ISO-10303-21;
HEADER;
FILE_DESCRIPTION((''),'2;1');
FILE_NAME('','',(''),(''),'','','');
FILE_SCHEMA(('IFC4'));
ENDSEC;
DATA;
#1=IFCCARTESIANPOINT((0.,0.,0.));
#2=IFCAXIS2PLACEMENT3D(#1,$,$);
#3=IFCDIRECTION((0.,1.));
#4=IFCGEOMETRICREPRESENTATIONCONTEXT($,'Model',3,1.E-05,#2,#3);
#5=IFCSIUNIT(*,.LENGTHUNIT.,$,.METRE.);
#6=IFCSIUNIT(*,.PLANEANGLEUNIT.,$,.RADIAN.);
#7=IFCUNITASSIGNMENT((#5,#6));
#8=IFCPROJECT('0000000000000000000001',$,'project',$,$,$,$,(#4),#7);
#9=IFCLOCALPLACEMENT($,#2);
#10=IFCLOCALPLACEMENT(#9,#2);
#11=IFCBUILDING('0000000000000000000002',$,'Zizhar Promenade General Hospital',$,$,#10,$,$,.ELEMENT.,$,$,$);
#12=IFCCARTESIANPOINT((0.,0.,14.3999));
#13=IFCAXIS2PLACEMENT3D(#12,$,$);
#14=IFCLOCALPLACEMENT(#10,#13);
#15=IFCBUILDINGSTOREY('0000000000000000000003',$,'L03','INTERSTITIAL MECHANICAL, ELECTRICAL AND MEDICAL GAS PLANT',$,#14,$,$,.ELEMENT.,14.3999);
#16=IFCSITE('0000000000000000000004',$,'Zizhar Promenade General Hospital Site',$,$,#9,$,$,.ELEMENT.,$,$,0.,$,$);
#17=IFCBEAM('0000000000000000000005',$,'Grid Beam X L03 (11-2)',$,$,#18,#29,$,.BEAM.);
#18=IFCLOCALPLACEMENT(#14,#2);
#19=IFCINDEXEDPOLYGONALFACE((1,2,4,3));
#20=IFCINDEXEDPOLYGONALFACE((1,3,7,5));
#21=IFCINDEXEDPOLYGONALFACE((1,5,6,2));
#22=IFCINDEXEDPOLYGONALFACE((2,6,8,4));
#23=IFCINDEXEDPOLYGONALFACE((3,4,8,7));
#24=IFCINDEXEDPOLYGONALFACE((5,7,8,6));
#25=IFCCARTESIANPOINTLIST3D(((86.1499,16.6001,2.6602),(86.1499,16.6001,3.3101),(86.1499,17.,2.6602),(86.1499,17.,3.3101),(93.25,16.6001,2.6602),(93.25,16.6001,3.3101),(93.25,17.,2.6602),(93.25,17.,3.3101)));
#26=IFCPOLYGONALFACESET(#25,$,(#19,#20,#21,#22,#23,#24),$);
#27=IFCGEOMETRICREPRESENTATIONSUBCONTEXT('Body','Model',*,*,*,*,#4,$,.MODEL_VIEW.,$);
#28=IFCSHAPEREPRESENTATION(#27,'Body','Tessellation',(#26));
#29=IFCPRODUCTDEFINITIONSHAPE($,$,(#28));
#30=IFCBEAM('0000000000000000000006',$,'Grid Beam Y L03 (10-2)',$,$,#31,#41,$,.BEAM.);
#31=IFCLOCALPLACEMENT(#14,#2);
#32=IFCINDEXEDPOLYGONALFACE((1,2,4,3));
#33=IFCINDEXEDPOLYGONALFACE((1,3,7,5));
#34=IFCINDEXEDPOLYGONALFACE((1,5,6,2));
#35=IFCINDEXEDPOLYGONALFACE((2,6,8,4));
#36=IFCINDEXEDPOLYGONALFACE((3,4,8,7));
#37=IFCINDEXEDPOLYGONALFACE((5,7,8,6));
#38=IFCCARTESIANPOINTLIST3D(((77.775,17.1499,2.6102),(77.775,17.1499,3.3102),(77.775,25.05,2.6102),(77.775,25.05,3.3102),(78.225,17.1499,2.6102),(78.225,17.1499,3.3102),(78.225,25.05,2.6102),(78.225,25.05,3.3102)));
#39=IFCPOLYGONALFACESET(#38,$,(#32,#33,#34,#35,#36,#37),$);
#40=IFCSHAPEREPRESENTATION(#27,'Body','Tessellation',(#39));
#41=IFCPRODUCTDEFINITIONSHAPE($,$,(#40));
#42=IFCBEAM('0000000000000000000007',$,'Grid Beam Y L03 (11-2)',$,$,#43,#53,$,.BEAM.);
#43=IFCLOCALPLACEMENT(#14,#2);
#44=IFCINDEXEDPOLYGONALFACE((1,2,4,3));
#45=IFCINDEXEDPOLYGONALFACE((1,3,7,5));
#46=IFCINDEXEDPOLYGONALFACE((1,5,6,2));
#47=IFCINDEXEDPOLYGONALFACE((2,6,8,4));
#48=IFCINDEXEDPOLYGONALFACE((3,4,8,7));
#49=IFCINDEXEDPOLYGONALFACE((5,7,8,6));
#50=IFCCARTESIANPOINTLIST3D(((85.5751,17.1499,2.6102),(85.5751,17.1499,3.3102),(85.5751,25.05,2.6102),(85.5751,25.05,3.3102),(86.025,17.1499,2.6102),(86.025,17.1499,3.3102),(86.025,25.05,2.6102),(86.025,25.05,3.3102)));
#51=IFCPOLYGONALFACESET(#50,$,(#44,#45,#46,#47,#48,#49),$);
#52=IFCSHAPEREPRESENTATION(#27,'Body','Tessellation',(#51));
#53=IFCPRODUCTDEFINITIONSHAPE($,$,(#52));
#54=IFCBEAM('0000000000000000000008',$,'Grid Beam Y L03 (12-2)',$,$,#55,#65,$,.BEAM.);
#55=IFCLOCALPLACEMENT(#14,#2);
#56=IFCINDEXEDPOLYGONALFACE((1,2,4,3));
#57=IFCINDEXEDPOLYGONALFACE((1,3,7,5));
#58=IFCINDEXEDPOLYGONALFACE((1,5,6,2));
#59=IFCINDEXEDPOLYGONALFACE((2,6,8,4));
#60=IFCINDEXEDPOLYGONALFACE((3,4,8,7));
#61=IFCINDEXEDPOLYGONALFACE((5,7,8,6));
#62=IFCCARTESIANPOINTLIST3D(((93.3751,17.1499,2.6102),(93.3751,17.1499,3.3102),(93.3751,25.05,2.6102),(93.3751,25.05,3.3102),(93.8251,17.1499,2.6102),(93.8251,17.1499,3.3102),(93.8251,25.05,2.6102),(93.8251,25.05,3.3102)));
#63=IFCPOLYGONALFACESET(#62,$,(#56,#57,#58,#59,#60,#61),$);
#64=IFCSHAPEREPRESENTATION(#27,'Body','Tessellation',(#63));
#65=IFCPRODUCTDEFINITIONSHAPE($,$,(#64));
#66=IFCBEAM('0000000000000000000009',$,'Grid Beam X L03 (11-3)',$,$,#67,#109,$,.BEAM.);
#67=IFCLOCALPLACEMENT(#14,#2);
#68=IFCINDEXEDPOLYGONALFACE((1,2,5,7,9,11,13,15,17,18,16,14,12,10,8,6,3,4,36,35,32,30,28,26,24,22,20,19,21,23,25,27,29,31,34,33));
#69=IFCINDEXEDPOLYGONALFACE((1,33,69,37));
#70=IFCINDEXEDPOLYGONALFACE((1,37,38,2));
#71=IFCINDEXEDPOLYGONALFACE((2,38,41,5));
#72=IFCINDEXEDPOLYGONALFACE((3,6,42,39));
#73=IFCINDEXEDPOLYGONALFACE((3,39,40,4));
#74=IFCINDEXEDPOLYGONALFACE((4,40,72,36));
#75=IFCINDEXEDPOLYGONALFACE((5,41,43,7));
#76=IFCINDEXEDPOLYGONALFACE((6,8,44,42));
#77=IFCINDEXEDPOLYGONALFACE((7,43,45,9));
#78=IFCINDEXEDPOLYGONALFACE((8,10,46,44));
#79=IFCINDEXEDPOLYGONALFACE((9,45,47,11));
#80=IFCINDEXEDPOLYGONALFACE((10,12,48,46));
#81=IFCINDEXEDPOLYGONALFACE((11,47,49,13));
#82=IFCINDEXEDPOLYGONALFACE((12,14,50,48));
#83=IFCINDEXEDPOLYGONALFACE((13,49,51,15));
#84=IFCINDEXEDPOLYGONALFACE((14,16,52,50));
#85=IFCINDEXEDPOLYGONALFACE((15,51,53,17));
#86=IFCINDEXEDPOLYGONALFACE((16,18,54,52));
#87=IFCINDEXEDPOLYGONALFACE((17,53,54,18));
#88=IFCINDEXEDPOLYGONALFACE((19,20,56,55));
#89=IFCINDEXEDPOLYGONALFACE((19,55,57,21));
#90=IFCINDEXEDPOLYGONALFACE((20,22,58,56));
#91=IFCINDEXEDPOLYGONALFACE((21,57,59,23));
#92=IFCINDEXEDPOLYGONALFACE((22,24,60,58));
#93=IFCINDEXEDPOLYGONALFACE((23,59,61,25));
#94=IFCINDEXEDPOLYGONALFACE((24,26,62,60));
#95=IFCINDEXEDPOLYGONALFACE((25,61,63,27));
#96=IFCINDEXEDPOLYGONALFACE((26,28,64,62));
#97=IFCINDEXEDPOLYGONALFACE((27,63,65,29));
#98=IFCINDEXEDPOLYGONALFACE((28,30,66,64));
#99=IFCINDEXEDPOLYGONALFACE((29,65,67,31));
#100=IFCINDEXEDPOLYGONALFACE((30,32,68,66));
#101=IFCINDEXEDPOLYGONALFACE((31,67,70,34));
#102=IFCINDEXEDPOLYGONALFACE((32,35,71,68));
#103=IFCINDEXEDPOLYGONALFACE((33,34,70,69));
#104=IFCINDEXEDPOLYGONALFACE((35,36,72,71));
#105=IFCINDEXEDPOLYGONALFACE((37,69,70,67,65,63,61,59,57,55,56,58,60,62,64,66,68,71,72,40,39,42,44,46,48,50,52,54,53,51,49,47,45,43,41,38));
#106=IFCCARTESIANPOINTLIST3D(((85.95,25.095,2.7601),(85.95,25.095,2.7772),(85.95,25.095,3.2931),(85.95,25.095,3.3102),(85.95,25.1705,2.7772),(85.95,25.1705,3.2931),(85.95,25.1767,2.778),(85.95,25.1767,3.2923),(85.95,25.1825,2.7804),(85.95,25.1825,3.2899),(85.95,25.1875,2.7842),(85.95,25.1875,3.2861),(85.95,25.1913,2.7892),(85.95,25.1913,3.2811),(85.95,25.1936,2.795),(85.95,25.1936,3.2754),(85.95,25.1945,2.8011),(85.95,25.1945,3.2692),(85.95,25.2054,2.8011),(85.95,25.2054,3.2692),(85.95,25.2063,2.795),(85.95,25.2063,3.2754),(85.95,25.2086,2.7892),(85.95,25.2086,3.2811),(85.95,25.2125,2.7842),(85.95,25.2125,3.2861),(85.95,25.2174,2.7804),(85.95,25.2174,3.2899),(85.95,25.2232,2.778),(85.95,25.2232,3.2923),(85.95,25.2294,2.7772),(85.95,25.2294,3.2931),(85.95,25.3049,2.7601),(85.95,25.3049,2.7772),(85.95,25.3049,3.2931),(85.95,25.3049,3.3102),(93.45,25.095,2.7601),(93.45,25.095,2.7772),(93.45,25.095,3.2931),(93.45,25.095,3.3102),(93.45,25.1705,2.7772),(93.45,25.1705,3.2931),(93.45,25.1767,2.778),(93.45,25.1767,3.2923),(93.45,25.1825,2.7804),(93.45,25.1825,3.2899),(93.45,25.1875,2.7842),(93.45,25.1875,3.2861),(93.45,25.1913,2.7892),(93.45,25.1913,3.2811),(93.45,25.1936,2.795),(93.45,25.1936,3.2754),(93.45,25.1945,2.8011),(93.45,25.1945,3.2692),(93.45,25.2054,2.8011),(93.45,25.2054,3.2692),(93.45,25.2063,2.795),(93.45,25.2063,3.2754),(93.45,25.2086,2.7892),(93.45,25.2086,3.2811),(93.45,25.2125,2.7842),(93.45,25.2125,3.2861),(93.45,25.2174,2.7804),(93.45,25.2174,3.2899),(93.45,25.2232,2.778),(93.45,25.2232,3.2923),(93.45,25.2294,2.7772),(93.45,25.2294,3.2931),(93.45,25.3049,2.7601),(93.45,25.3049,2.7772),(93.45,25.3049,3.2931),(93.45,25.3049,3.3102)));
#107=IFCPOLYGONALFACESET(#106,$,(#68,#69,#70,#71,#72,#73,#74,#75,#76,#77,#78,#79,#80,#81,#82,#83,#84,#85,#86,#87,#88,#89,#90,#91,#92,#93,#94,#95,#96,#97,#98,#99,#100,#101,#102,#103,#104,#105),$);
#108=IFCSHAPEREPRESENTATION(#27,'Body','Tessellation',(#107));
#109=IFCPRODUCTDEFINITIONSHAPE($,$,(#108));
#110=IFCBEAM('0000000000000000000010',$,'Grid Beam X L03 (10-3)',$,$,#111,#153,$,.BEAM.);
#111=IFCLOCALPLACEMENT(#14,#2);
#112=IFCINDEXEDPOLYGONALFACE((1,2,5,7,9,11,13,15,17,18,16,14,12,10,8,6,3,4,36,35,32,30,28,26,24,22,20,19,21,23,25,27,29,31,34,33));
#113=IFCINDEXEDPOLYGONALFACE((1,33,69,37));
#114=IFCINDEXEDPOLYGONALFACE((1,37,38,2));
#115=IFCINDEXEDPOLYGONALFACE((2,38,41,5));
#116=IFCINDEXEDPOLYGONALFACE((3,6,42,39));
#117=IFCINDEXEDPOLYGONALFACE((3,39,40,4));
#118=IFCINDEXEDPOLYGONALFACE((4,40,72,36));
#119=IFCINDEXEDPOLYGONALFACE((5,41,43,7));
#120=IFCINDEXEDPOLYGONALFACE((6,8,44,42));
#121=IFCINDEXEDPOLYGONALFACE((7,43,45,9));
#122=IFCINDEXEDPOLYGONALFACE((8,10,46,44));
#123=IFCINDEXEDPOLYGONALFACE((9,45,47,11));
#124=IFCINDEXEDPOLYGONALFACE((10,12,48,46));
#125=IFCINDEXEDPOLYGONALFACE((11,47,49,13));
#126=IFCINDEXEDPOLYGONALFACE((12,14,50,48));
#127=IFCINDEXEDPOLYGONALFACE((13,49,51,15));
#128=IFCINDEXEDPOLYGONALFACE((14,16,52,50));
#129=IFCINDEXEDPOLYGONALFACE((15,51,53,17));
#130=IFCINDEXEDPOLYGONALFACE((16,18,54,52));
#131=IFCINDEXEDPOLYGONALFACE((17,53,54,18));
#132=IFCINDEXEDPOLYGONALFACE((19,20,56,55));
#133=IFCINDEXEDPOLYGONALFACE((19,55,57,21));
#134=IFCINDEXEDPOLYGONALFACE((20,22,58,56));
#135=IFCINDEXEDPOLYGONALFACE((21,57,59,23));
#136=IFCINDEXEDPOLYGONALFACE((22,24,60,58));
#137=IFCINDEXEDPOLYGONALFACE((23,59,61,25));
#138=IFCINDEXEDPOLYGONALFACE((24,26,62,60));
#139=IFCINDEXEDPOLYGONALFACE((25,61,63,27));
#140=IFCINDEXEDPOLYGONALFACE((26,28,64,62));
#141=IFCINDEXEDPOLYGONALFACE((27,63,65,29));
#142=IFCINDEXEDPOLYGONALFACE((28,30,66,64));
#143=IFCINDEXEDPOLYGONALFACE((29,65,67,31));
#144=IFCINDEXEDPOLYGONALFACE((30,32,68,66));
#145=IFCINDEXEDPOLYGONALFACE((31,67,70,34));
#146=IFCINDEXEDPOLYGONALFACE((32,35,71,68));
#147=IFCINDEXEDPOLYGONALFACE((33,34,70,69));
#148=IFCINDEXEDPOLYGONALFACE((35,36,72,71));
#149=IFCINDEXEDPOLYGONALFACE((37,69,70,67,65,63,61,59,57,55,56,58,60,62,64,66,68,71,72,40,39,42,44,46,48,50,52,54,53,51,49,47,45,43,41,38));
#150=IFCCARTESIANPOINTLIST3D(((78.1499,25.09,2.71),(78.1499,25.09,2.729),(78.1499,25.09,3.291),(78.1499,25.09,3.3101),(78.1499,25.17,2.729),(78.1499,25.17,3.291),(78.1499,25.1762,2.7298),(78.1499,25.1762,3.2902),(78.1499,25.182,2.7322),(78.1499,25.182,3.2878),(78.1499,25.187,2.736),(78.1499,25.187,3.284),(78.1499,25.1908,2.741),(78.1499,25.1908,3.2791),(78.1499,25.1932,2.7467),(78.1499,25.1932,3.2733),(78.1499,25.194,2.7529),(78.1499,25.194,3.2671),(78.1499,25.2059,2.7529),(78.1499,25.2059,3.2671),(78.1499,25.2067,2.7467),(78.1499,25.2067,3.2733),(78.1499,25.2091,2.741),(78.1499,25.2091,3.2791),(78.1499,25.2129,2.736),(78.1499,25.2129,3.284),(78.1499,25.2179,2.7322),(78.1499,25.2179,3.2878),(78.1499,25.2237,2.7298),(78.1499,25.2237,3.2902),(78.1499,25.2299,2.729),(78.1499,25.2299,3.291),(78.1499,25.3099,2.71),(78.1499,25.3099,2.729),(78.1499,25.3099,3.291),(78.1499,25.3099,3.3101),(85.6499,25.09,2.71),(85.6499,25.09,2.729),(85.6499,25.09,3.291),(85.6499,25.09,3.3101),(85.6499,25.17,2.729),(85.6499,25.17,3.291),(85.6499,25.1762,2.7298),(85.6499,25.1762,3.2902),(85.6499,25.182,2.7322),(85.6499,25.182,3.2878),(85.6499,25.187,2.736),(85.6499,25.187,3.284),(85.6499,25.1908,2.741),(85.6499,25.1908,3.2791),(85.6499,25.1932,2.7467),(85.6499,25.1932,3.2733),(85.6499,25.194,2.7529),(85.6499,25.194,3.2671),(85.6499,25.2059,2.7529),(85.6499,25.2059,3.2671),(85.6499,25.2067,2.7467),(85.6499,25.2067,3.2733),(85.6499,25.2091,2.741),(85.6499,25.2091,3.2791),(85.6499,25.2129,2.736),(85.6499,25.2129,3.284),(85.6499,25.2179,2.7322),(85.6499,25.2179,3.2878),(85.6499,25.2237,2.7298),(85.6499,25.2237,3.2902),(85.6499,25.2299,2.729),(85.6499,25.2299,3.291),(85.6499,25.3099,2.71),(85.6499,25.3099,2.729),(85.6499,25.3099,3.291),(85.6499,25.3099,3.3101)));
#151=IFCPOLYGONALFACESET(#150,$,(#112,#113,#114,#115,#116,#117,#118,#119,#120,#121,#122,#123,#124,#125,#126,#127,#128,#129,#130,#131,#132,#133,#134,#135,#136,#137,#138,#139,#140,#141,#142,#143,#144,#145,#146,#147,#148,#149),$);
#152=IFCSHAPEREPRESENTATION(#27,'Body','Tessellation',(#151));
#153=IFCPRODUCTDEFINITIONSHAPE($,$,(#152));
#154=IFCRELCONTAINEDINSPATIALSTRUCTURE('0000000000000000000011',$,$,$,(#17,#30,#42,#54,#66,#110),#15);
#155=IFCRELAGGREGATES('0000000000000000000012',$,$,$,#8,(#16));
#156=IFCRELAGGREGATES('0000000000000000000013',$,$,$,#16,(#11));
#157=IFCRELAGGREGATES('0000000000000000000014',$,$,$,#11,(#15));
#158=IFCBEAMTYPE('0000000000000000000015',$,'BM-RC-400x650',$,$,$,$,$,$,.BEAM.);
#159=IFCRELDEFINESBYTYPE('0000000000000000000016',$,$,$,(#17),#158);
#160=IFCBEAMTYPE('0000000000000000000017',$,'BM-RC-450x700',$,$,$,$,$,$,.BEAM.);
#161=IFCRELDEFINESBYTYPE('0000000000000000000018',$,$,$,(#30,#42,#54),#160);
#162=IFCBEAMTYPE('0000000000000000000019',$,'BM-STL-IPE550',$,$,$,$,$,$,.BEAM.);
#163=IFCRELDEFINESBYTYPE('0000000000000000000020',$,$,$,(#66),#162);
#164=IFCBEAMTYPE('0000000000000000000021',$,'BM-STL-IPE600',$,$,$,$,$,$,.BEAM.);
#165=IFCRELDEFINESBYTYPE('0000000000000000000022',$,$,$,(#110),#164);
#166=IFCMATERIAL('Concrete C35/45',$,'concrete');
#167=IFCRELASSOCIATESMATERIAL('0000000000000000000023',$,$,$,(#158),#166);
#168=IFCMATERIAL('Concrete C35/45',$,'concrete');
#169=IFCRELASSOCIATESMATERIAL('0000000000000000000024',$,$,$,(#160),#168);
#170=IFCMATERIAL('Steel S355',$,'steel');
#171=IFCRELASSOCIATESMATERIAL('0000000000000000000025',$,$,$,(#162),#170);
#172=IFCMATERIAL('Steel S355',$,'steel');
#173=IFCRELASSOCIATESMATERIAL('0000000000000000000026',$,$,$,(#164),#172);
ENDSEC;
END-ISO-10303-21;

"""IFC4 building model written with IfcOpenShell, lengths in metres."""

from ifc_helpers import new_model, si_unit, direction, frame, origin, origin_2d, place, context, subcontext, project, spatial, rectangle, i_section, extrude, material, material_profile, profile_set, type_object, element, save


model = new_model("IFC4")

# Units and contexts
model_context = context("Model", 3, precision=1e-05, world=origin(), true_north=direction((0.0, 1.0)))
body_context = subcontext(model_context, "Body", "Model", "MODEL_VIEW")
ifc_project = project(units=[si_unit("LENGTHUNIT", "METRE"), si_unit("PLANEANGLEUNIT", "RADIAN")], contexts=[model_context])

# Site, building, storey
site_placement = place(None, origin())
site = spatial("IfcSite", under=ifc_project, at=site_placement, Name="Zizhar Promenade General Hospital Site", CompositionType="ELEMENT", RefElevation=0.0)
building_placement = place(site_placement, origin())
building = spatial("IfcBuilding", under=site, at=building_placement, Name="Zizhar Promenade General Hospital", CompositionType="ELEMENT")
storey_placement = place(building_placement, frame((0.0, 0.0, 14.3999)))
storey = spatial("IfcBuildingStorey", under=building, at=storey_placement, Name="L03", Description="INTERSTITIAL MECHANICAL, ELECTRICAL AND MEDICAL GAS PLANT", CompositionType="ELEMENT", Elevation=14.3999)

# Beams
ifc_material_1 = material(Name="Concrete C35/45", Category="concrete")
ifc_material_profile_1 = material_profile(ifc_material_1, rectangle(XDim=0.3999, YDim=0.6499, at=origin_2d()))
ifc_profile_set_1 = profile_set([ifc_material_profile_1], Name="Concrete C35/45")
beam_type_1 = type_object("IfcBeamType", Name="BM-RC-400x650", PredefinedType="BEAM", material=ifc_profile_set_1)
beam_1_placement = place(storey_placement, frame((86.1499, 16.8, 2.9851), z_axis=(1.0, 0.0, 0.0), x_axis=(0.0, 1.0, 0.0)))
element("IfcBeam", 1, at=beam_1_placement, inside=storey, type_object=beam_type_1, Name="Grid Beam X L03 (11-2)", PredefinedType="BEAM", context=body_context, shape_type="SweptSolid", body=[
    extrude(rectangle(XDim=0.3999, YDim=0.6499, at=origin_2d()), origin(), (0.0, 0.0, 1.0), 7.1001),
])
ifc_material_2 = material(Name="Concrete C35/45", Category="concrete")
ifc_material_profile_2 = material_profile(ifc_material_2, rectangle(XDim=0.45, YDim=0.7, at=origin_2d()))
ifc_profile_set_2 = profile_set([ifc_material_profile_2], Name="Concrete C35/45")
beam_type_2 = type_object("IfcBeamType", Name="BM-RC-450x700", PredefinedType="BEAM", material=ifc_profile_set_2)
for number, where, z_axis, x_axis, name in (
    (2, (78.0, 17.1499, 2.9602), (0.0, 1.0, 0.0), (-1.0, 0.0, 0.0), "Grid Beam Y L03 (10-2)"),
    (3, (85.8, 17.1499, 2.9602), (0.0, 1.0, 0.0), (-1.0, 0.0, 0.0), "Grid Beam Y L03 (11-2)"),
    (4, (93.6001, 17.1499, 2.9602), (0.0, 1.0, 0.0), (-1.0, 0.0, 0.0), "Grid Beam Y L03 (12-2)"),
):
    element("IfcBeam", number, at=place(storey_placement, frame(where, z_axis=z_axis, x_axis=x_axis)), inside=storey, type_object=beam_type_2, Name=name, PredefinedType="BEAM", context=body_context, shape_type="SweptSolid", body=[
        extrude(rectangle(XDim=0.45, YDim=0.7, at=origin_2d()), origin(), (0.0, 0.0, 1.0), 7.9001),
    ])
ifc_material_3 = material(Name="Steel S355", Category="steel")
ifc_material_profile_3 = material_profile(ifc_material_3, i_section(OverallWidth=0.21, OverallDepth=0.55, WebThickness=0.011, FlangeThickness=0.0171, FilletRadius=0.0239, at=origin_2d()))
ifc_profile_set_3 = profile_set([ifc_material_profile_3], Name="Steel S355")
beam_type_3 = type_object("IfcBeamType", Name="BM-STL-IPE550", PredefinedType="BEAM", material=ifc_profile_set_3)
beam_2_placement = place(storey_placement, frame((85.95, 25.2, 3.0352), z_axis=(1.0, 0.0, 0.0), x_axis=(0.0, 1.0, 0.0)))
element("IfcBeam", 5, at=beam_2_placement, inside=storey, type_object=beam_type_3, Name="Grid Beam X L03 (11-3)", PredefinedType="BEAM", context=body_context, shape_type="SweptSolid", body=[
    extrude(i_section(OverallWidth=0.21, OverallDepth=0.55, WebThickness=0.011, FlangeThickness=0.0171, FilletRadius=0.0239, at=origin_2d()), origin(), (0.0, 0.0, 1.0), 7.5),
])
ifc_material_4 = material(Name="Steel S355", Category="steel")
ifc_material_profile_4 = material_profile(ifc_material_4, i_section(OverallWidth=0.22, OverallDepth=0.6001, WebThickness=0.012, FlangeThickness=0.019, FilletRadius=0.0239, at=origin_2d()))
ifc_profile_set_4 = profile_set([ifc_material_profile_4], Name="Steel S355")
beam_type_4 = type_object("IfcBeamType", Name="BM-STL-IPE600", PredefinedType="BEAM", material=ifc_profile_set_4)
beam_3_placement = place(storey_placement, frame((78.1499, 25.2, 3.01), z_axis=(1.0, 0.0, 0.0), x_axis=(0.0, 1.0, 0.0)))
element("IfcBeam", 6, at=beam_3_placement, inside=storey, type_object=beam_type_4, Name="Grid Beam X L03 (10-3)", PredefinedType="BEAM", context=body_context, shape_type="SweptSolid", body=[
    extrude(i_section(OverallWidth=0.22, OverallDepth=0.6001, WebThickness=0.012, FlangeThickness=0.019, FilletRadius=0.0239, at=origin_2d()), origin(), (0.0, 0.0, 1.0), 7.5),
])

save(model, "model.ifc")
